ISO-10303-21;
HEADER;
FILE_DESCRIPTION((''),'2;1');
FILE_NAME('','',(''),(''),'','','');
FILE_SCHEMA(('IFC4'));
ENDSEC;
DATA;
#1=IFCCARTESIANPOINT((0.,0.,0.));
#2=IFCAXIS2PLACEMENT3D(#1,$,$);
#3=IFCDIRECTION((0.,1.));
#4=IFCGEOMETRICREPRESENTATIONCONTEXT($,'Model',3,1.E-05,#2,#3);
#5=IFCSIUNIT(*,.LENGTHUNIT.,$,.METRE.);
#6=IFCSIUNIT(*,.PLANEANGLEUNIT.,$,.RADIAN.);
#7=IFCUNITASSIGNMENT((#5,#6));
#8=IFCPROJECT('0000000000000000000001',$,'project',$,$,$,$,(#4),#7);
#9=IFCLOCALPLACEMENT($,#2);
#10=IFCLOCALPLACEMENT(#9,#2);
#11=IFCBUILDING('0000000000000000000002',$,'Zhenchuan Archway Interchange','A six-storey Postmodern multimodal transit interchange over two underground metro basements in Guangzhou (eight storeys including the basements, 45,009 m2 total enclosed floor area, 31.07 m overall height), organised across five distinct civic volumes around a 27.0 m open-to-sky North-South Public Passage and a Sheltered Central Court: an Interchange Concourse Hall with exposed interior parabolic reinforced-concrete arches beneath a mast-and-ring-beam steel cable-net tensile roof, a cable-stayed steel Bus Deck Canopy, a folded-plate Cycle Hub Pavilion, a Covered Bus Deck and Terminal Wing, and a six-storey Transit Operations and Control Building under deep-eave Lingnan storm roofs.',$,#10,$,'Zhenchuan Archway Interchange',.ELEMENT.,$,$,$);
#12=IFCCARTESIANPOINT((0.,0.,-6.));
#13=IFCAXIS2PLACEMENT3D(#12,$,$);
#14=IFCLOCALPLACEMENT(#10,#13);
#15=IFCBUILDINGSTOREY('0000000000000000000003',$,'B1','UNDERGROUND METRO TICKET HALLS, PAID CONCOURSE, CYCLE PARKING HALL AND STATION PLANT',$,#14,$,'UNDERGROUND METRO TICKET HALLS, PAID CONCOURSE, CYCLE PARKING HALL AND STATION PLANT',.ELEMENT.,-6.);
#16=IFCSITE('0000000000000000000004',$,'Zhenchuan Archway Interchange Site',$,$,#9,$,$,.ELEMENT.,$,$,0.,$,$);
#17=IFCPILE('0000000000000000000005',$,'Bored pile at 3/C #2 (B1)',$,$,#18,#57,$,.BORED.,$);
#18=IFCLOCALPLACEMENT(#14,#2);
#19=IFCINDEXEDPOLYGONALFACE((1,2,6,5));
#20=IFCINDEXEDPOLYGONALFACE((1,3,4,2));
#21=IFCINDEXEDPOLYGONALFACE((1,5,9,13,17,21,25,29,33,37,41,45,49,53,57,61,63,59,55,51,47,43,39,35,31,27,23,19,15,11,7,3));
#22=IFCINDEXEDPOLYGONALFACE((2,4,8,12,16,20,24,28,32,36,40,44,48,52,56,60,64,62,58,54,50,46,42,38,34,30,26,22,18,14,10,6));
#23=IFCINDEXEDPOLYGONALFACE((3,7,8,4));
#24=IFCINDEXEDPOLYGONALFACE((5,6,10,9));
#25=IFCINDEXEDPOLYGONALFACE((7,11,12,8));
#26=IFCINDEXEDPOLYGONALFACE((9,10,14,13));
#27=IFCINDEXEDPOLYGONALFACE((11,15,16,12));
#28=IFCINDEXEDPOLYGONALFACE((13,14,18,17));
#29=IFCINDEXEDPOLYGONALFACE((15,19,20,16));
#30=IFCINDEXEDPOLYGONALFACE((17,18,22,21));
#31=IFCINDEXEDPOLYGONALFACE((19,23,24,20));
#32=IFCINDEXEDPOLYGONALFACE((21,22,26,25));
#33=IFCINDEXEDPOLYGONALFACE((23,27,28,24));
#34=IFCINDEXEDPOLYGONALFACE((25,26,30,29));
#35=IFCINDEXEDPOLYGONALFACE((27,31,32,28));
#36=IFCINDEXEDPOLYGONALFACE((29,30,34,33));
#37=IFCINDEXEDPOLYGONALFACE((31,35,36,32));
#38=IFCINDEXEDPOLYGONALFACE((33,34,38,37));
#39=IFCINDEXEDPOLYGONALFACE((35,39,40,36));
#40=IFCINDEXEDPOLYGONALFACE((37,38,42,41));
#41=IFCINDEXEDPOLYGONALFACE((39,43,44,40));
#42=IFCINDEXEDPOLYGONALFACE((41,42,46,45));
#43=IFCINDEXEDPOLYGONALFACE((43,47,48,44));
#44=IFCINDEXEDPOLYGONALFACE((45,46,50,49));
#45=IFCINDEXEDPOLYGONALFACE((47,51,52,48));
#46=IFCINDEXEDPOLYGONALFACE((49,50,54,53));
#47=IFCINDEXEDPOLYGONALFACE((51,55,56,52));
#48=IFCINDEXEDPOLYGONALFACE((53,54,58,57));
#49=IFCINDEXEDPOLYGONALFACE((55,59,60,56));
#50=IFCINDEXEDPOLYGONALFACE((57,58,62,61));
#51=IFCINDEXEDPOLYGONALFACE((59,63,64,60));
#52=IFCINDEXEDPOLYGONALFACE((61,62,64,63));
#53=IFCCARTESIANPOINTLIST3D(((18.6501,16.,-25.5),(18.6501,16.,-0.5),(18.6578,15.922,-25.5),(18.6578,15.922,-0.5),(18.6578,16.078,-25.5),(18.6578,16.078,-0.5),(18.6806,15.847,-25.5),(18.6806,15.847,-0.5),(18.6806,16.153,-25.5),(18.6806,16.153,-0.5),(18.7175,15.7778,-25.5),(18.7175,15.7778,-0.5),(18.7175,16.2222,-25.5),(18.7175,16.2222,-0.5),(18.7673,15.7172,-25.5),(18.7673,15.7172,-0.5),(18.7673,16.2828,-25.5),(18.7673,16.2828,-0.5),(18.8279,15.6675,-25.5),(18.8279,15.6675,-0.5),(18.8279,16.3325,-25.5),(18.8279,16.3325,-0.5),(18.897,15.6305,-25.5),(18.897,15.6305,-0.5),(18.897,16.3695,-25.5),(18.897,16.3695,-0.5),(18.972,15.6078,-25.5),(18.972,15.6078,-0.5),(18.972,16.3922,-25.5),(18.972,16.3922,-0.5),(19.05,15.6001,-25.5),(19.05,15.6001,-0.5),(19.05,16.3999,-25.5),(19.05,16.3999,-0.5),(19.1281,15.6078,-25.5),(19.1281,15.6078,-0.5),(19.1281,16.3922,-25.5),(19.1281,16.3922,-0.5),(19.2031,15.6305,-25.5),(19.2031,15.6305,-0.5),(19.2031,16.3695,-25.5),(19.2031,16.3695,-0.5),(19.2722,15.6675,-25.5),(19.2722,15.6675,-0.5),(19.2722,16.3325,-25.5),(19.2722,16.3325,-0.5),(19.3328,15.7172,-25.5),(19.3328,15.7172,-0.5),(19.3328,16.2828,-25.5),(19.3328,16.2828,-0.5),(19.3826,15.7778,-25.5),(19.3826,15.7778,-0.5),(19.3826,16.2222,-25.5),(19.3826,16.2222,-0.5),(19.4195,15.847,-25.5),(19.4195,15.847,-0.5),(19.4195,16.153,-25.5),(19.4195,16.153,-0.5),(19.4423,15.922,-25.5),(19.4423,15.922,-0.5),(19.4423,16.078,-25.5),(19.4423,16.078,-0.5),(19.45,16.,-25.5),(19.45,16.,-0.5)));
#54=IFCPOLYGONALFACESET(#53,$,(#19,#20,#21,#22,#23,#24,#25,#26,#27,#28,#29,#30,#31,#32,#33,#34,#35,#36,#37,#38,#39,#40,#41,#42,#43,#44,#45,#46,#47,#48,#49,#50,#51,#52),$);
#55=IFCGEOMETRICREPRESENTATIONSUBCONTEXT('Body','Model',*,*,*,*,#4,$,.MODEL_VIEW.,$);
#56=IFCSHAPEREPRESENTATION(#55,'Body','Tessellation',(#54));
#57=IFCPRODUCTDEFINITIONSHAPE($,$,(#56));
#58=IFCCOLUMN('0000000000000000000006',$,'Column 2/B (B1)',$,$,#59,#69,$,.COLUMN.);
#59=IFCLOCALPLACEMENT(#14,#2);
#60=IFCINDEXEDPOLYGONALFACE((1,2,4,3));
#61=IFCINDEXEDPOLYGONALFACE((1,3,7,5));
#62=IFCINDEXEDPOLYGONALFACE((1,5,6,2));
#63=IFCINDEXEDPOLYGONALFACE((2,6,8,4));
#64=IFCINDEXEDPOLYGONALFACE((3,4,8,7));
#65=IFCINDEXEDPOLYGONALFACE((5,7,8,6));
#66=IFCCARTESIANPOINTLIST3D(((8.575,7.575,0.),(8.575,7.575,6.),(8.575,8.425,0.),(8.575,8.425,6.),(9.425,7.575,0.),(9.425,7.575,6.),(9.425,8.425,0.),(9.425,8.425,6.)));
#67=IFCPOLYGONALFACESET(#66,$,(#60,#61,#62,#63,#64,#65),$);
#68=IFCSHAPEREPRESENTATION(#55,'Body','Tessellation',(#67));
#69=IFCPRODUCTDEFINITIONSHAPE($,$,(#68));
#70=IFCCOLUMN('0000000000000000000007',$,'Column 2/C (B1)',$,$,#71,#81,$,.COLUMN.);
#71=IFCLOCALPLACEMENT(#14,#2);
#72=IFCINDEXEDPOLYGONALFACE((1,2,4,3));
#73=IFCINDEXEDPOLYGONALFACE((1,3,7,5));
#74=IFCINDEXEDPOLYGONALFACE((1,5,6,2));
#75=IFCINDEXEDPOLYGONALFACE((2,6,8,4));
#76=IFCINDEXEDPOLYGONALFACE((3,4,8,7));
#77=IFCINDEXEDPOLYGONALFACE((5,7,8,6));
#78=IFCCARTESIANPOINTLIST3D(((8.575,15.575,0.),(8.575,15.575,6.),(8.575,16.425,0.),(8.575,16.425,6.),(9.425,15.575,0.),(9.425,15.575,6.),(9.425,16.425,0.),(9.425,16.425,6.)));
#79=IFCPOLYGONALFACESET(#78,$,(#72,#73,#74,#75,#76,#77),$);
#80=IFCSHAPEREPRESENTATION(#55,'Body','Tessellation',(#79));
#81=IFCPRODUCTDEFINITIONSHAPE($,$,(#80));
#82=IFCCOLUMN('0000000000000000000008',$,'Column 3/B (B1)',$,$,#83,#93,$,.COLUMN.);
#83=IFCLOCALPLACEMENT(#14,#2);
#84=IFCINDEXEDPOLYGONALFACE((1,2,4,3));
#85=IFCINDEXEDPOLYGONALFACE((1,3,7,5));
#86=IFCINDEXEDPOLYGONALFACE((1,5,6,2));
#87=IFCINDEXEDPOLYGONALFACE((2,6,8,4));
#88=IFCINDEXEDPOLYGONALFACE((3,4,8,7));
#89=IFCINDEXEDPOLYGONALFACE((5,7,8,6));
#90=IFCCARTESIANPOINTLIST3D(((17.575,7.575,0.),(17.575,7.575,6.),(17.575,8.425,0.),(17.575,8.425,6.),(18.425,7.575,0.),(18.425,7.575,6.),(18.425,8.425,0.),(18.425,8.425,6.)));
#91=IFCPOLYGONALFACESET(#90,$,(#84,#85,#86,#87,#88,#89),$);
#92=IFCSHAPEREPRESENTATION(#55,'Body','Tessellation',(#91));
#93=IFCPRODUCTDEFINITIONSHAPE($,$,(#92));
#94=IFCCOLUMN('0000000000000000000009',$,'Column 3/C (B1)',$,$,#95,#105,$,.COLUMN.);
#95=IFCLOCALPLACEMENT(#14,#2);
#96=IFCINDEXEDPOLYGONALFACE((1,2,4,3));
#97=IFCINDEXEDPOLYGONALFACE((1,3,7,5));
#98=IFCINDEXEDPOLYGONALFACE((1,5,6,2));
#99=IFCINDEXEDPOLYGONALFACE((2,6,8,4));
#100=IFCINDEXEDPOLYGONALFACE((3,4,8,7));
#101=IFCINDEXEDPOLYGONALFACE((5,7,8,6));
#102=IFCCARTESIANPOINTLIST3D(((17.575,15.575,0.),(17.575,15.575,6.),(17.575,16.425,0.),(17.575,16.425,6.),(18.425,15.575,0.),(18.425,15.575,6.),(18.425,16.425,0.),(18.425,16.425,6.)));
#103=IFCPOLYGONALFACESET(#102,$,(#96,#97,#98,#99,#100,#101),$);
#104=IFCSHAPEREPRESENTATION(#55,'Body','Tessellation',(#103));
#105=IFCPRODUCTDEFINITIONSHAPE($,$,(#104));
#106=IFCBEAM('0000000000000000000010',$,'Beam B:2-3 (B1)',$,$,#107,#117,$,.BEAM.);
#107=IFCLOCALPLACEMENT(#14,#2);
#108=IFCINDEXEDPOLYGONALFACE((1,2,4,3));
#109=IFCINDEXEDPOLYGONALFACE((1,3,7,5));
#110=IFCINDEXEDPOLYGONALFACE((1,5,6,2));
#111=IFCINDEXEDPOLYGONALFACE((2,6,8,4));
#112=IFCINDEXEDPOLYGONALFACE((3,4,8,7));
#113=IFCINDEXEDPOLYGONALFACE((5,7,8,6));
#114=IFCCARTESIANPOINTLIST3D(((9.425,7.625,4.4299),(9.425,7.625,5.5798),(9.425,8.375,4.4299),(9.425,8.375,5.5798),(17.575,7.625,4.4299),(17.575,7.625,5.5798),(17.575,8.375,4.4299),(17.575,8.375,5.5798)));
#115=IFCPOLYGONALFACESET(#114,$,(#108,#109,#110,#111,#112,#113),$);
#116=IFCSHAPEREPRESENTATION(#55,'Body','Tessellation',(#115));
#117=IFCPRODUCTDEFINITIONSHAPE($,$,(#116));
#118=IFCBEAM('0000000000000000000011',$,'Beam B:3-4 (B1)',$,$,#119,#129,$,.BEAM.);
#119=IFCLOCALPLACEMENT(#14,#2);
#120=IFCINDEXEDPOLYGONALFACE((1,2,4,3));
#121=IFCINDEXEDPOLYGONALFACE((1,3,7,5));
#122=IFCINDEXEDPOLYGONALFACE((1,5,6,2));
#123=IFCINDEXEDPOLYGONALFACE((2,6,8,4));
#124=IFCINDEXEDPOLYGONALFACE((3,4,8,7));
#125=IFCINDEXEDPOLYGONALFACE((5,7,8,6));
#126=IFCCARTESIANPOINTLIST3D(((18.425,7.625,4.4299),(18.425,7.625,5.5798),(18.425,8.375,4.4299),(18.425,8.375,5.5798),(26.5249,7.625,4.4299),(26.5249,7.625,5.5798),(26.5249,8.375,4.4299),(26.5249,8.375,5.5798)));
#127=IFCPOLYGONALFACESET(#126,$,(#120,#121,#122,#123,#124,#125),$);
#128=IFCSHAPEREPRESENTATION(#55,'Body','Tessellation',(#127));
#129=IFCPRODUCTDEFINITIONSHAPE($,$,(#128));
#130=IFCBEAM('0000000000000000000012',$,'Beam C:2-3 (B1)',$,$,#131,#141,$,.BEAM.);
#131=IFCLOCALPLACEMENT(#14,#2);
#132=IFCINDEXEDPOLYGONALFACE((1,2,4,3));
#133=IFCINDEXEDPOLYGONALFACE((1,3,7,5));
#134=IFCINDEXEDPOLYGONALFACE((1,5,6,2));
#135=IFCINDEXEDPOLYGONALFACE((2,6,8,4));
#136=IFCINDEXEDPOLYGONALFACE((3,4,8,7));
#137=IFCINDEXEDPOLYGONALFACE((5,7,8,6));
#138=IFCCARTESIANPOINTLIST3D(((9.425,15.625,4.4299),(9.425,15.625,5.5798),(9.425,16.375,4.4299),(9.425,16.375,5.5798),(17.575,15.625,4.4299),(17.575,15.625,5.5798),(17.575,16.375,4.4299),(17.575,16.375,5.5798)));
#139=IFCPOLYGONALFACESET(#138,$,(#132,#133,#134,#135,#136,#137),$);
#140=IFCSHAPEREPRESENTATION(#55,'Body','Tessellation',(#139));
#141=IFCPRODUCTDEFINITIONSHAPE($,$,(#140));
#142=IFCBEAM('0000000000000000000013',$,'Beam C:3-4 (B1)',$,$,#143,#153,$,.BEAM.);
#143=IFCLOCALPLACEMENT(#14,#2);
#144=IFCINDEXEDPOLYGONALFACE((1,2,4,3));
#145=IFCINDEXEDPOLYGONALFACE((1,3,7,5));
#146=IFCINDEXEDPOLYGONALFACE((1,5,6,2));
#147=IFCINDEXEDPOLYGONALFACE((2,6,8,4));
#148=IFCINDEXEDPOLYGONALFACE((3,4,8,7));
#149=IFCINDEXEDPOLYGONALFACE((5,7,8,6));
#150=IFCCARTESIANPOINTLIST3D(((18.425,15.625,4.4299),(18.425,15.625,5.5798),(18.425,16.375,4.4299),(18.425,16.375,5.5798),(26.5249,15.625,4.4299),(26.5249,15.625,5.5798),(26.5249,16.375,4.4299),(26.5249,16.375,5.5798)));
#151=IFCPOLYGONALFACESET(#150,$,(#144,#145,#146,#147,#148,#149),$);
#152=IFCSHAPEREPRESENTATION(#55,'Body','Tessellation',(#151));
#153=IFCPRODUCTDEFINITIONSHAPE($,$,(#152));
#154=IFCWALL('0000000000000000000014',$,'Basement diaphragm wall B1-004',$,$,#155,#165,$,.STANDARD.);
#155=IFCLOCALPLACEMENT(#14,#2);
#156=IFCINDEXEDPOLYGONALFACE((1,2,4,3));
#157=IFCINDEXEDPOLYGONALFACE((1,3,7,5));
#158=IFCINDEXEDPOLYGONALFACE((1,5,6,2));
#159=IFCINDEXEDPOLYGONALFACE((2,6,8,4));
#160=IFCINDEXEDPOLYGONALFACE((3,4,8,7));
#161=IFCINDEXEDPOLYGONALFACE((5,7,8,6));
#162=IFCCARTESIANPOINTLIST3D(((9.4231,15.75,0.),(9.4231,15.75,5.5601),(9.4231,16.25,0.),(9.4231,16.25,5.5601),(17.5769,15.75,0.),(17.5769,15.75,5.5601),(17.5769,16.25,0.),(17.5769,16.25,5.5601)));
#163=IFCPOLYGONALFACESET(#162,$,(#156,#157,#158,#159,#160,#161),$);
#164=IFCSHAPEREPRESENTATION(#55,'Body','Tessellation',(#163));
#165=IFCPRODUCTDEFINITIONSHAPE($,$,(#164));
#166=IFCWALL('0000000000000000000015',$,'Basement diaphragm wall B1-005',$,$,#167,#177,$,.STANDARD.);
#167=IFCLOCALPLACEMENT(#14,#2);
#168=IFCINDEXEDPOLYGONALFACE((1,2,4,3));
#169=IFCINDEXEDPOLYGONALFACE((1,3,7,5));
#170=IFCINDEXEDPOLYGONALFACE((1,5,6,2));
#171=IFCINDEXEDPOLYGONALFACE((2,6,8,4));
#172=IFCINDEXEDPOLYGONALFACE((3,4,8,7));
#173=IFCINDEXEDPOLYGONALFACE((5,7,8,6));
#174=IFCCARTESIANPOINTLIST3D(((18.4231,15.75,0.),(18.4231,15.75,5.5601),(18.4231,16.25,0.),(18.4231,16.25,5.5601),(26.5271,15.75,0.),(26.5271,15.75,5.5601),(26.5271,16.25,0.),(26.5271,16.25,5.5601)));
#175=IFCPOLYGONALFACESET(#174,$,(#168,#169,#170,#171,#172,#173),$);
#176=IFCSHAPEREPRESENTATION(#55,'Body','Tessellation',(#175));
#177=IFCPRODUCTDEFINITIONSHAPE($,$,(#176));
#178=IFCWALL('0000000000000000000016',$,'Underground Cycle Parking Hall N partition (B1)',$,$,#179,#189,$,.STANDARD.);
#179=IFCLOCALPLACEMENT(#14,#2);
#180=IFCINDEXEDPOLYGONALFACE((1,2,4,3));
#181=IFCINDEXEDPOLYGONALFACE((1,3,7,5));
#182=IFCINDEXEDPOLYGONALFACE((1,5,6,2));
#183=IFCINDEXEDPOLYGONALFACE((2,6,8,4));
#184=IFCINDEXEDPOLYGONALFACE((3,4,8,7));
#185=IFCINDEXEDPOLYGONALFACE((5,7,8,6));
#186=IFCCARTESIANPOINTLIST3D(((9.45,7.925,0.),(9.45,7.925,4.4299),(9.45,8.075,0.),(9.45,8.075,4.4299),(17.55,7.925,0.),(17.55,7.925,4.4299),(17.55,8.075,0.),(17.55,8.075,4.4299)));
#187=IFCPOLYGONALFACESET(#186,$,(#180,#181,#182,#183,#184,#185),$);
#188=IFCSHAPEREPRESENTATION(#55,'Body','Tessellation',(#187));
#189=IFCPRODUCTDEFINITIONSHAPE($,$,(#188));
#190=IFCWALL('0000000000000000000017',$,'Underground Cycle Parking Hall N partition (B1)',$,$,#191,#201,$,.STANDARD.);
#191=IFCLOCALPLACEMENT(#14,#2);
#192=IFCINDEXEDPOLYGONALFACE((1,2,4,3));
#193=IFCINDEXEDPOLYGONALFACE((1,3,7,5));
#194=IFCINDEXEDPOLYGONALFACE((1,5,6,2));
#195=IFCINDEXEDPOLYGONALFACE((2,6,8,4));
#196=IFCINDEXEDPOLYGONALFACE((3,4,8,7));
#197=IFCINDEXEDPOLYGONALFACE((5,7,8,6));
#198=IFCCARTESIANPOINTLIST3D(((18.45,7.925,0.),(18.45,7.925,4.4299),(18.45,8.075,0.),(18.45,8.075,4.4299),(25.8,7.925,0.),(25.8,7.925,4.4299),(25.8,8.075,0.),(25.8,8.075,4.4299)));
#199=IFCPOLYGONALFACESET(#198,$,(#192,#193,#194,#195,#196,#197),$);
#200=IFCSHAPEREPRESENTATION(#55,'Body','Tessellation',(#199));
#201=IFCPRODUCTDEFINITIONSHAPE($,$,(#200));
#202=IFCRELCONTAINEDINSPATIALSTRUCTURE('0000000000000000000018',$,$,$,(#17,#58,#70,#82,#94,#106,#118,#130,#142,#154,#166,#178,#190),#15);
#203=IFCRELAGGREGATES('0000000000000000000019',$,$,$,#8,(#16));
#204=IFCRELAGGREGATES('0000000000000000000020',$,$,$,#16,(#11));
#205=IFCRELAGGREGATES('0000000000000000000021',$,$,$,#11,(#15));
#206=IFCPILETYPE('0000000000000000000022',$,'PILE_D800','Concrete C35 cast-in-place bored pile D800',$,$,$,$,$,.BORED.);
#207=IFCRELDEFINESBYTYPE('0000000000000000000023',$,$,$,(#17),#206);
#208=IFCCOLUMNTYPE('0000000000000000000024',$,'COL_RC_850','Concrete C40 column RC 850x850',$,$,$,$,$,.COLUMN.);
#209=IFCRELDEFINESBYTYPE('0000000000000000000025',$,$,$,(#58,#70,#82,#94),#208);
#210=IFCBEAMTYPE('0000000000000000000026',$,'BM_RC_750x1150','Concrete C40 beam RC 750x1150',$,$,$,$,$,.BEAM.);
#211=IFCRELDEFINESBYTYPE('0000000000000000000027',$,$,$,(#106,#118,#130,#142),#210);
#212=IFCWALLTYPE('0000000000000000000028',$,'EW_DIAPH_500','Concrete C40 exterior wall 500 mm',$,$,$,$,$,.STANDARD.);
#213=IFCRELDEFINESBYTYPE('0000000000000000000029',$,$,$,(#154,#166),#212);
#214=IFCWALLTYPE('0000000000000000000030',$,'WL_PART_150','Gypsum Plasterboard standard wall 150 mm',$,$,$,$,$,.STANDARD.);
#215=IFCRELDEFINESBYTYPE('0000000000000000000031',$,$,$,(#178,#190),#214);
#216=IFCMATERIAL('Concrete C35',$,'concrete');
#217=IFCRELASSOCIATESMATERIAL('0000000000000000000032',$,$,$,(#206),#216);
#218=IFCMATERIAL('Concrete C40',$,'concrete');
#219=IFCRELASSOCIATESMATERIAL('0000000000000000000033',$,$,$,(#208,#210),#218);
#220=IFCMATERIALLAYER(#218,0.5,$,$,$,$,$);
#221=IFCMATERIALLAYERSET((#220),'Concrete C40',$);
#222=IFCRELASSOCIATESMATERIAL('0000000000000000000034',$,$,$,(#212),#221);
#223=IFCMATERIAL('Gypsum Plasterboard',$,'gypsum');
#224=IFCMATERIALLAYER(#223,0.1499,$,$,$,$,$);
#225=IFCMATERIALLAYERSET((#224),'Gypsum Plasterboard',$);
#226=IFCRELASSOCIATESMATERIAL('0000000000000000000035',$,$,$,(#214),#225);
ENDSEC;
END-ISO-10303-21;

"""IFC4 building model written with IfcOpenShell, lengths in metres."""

from ifc_helpers import new_model, si_unit, direction, frame, frame_2d, origin, origin_2d, place, context, subcontext, project, spatial, rectangle, circle, extrude, material, layer, layer_set, material_profile, profile_set, type_object, element, save


model = new_model("IFC4")

# Units and contexts
model_context = context("Model", 3, precision=1e-05, world=origin(), true_north=direction((0.0, 1.0)))
body_context = subcontext(model_context, "Body", "Model", "MODEL_VIEW")
ifc_project = project(units=[si_unit("LENGTHUNIT", "METRE"), si_unit("PLANEANGLEUNIT", "RADIAN")], contexts=[model_context])

# Site, building, storey
site_placement = place(None, origin())
site = spatial("IfcSite", under=ifc_project, at=site_placement, Name="Zhenchuan Archway Interchange Site", CompositionType="ELEMENT", RefElevation=0.0)
building_placement = place(site_placement, origin())
building = spatial("IfcBuilding", under=site, at=building_placement, Name="Zhenchuan Archway Interchange", Description="A six-storey Postmodern multimodal transit interchange over two underground metro basements in Guangzhou (eight storeys including the basements, 45,009 m2 total enclosed floor area, 31.07 m overall height), organised across five distinct civic volumes around a 27.0 m open-to-sky North-South Public Passage and a Sheltered Central Court: an Interchange Concourse Hall with exposed interior parabolic reinforced-concrete arches beneath a mast-and-ring-beam steel cable-net tensile roof, a cable-stayed steel Bus Deck Canopy, a folded-plate Cycle Hub Pavilion, a Covered Bus Deck and Terminal Wing, and a six-storey Transit Operations and Control Building under deep-eave Lingnan storm roofs.", LongName="Zhenchuan Archway Interchange", CompositionType="ELEMENT")
storey_placement = place(building_placement, frame((0.0, 0.0, -6.0)))
storey = spatial("IfcBuildingStorey", under=building, at=storey_placement, Name="B1", Description="UNDERGROUND METRO TICKET HALLS, PAID CONCOURSE, CYCLE PARKING HALL AND STATION PLANT", LongName="UNDERGROUND METRO TICKET HALLS, PAID CONCOURSE, CYCLE PARKING HALL AND STATION PLANT", CompositionType="ELEMENT", Elevation=-6.0)

# Shared definitions
ifc_material_1 = material(Name="Concrete C40", Category="concrete")

# Pile
ifc_material_2 = material(Name="Concrete C35", Category="concrete")
ifc_material_profile_1 = material_profile(ifc_material_2, circle(Radius=0.3999, at=origin_2d()), Name="BORED PILE 800")
ifc_profile_set_1 = profile_set([ifc_material_profile_1], Name="Concrete C35")
pile_type = type_object("IfcPileType", Name="PILE_D800", Description="Concrete C35 cast-in-place bored pile D800", PredefinedType="BORED", material=ifc_profile_set_1)
for number, where, z_axis, x_axis, name in (
    (1, (19.05, 16.0, -0.5), (0.0, 0.0, -1.0), (1.0, 0.0, 0.0), "Bored pile at 3/C #2 (B1)"),
):
    element("IfcPile", number, at=place(storey_placement, frame(where, z_axis=z_axis, x_axis=x_axis)), inside=storey, type_object=pile_type, Name=name, PredefinedType="BORED", context=body_context, shape_type="SweptSolid", body=[
        extrude(circle(Radius=0.3999, at=origin_2d()), origin(), (0.0, 0.0, 1.0), 25.0),
    ])

# Columns
ifc_material_profile_2 = material_profile(ifc_material_1, rectangle(XDim=0.8501, YDim=0.8501, at=origin_2d()), Name="RC 850x850")
ifc_profile_set_2 = profile_set([ifc_material_profile_2], Name="Concrete C40")
column_type = type_object("IfcColumnType", Name="COL_RC_850", Description="Concrete C40 column RC 850x850", PredefinedType="COLUMN", material=ifc_profile_set_2)
for number, where, z_axis, x_axis, name in (
    (2, (9.0, 8.0, 0.0), (0.0, 0.0, 1.0), (1.0, 0.0, 0.0), "Column 2/B (B1)"),
    (3, (9.0, 16.0, 0.0), (0.0, 0.0, 1.0), (1.0, 0.0, 0.0), "Column 2/C (B1)"),
    (4, (18.0, 8.0, 0.0), (0.0, 0.0, 1.0), (1.0, 0.0, 0.0), "Column 3/B (B1)"),
    (5, (18.0, 16.0, 0.0), (0.0, 0.0, 1.0), (1.0, 0.0, 0.0), "Column 3/C (B1)"),
):
    element("IfcColumn", number, at=place(storey_placement, frame(where, z_axis=z_axis, x_axis=x_axis)), inside=storey, type_object=column_type, Name=name, PredefinedType="COLUMN", context=body_context, shape_type="SweptSolid", body=[
        extrude(rectangle(XDim=0.8501, YDim=0.8501, at=origin_2d()), origin(), (0.0, 0.0, 1.0), 6.0),
    ])

# Beams
ifc_material_profile_3 = material_profile(ifc_material_1, rectangle(XDim=0.75, YDim=1.1499, at=origin_2d()), Name="RC 750x1150")
ifc_profile_set_3 = profile_set([ifc_material_profile_3], Name="Concrete C40")
beam_type = type_object("IfcBeamType", Name="BM_RC_750x1150", Description="Concrete C40 beam RC 750x1150", PredefinedType="BEAM", material=ifc_profile_set_3)
beam_1_placement = place(storey_placement, frame((9.425, 8.0, 5.0049), z_axis=(1.0, 0.0, 0.0), x_axis=(0.0, 1.0, 0.0)))
element("IfcBeam", 6, at=beam_1_placement, inside=storey, type_object=beam_type, Name="Beam B:2-3 (B1)", PredefinedType="BEAM", context=body_context, shape_type="SweptSolid", body=[
    extrude(rectangle(XDim=0.75, YDim=1.1499, at=origin_2d()), origin(), (0.0, 0.0, 1.0), 8.1499),
])
beam_2_placement = place(storey_placement, frame((18.425, 8.0, 5.0049), z_axis=(1.0, 0.0, 0.0), x_axis=(0.0, 1.0, 0.0)))
element("IfcBeam", 7, at=beam_2_placement, inside=storey, type_object=beam_type, Name="Beam B:3-4 (B1)", PredefinedType="BEAM", context=body_context, shape_type="SweptSolid", body=[
    extrude(rectangle(XDim=0.75, YDim=1.1499, at=origin_2d()), origin(), (0.0, 0.0, 1.0), 8.0999),
])
beam_3_placement = place(storey_placement, frame((9.425, 16.0, 5.0049), z_axis=(1.0, 0.0, 0.0), x_axis=(0.0, 1.0, 0.0)))
element("IfcBeam", 8, at=beam_3_placement, inside=storey, type_object=beam_type, Name="Beam C:2-3 (B1)", PredefinedType="BEAM", context=body_context, shape_type="SweptSolid", body=[
    extrude(rectangle(XDim=0.75, YDim=1.1499, at=origin_2d()), origin(), (0.0, 0.0, 1.0), 8.1499),
])
beam_4_placement = place(storey_placement, frame((18.425, 16.0, 5.0049), z_axis=(1.0, 0.0, 0.0), x_axis=(0.0, 1.0, 0.0)))
element("IfcBeam", 9, at=beam_4_placement, inside=storey, type_object=beam_type, Name="Beam C:3-4 (B1)", PredefinedType="BEAM", context=body_context, shape_type="SweptSolid", body=[
    extrude(rectangle(XDim=0.75, YDim=1.1499, at=origin_2d()), origin(), (0.0, 0.0, 1.0), 8.0999),
])

# Walls
ifc_layer_1 = layer(ifc_material_1, 0.5)
ifc_layer_set_1 = layer_set([ifc_layer_1], Name="Concrete C40")
wall_type_1 = type_object("IfcWallType", Name="EW_DIAPH_500", Description="Concrete C40 exterior wall 500 mm", PredefinedType="STANDARD", material=ifc_layer_set_1)
wall_1_placement = place(storey_placement, frame((9.4231, 16.0, 0.0), z_axis=(0.0, 0.0, 1.0), x_axis=(1.0, 0.0, 0.0)))
element("IfcWall", 10, at=wall_1_placement, inside=storey, type_object=wall_type_1, Name="Basement diaphragm wall B1-004", PredefinedType="STANDARD", context=body_context, shape_type="SweptSolid", body=[
    extrude(rectangle(XDim=8.1538, YDim=0.5, at=frame_2d((4.0769, 0.0))), origin(), (0.0, 0.0, 1.0), 5.5601),
])
wall_2_placement = place(storey_placement, frame((18.4231, 16.0, 0.0), z_axis=(0.0, 0.0, 1.0), x_axis=(1.0, 0.0, 0.0)))
element("IfcWall", 11, at=wall_2_placement, inside=storey, type_object=wall_type_1, Name="Basement diaphragm wall B1-005", PredefinedType="STANDARD", context=body_context, shape_type="SweptSolid", body=[
    extrude(rectangle(XDim=8.104, YDim=0.5, at=frame_2d((4.052, 0.0))), origin(), (0.0, 0.0, 1.0), 5.5601),
])
ifc_material_3 = material(Name="Gypsum Plasterboard", Category="gypsum")
ifc_layer_2 = layer(ifc_material_3, 0.1499)
ifc_layer_set_2 = layer_set([ifc_layer_2], Name="Gypsum Plasterboard")
wall_type_2 = type_object("IfcWallType", Name="WL_PART_150", Description="Gypsum Plasterboard standard wall 150 mm", PredefinedType="STANDARD", material=ifc_layer_set_2)
wall_3_placement = place(storey_placement, frame((9.45, 8.0, 0.0), z_axis=(0.0, 0.0, 1.0), x_axis=(1.0, 0.0, 0.0)))
element("IfcWall", 12, at=wall_3_placement, inside=storey, type_object=wall_type_2, Name="Underground Cycle Parking Hall N partition (B1)", PredefinedType="STANDARD", context=body_context, shape_type="SweptSolid", body=[
    extrude(rectangle(XDim=8.1001, YDim=0.1499, at=frame_2d((4.05, 0.0))), origin(), (0.0, 0.0, 1.0), 4.4299),
])
wall_4_placement = place(storey_placement, frame((18.45, 8.0, 0.0), z_axis=(0.0, 0.0, 1.0), x_axis=(1.0, 0.0, 0.0)))
element("IfcWall", 13, at=wall_4_placement, inside=storey, type_object=wall_type_2, Name="Underground Cycle Parking Hall N partition (B1)", PredefinedType="STANDARD", context=body_context, shape_type="SweptSolid", body=[
    extrude(rectangle(XDim=7.3501, YDim=0.1499, at=frame_2d((3.675, 0.0))), origin(), (0.0, 0.0, 1.0), 4.4299),
])

save(model, "model.ifc")
